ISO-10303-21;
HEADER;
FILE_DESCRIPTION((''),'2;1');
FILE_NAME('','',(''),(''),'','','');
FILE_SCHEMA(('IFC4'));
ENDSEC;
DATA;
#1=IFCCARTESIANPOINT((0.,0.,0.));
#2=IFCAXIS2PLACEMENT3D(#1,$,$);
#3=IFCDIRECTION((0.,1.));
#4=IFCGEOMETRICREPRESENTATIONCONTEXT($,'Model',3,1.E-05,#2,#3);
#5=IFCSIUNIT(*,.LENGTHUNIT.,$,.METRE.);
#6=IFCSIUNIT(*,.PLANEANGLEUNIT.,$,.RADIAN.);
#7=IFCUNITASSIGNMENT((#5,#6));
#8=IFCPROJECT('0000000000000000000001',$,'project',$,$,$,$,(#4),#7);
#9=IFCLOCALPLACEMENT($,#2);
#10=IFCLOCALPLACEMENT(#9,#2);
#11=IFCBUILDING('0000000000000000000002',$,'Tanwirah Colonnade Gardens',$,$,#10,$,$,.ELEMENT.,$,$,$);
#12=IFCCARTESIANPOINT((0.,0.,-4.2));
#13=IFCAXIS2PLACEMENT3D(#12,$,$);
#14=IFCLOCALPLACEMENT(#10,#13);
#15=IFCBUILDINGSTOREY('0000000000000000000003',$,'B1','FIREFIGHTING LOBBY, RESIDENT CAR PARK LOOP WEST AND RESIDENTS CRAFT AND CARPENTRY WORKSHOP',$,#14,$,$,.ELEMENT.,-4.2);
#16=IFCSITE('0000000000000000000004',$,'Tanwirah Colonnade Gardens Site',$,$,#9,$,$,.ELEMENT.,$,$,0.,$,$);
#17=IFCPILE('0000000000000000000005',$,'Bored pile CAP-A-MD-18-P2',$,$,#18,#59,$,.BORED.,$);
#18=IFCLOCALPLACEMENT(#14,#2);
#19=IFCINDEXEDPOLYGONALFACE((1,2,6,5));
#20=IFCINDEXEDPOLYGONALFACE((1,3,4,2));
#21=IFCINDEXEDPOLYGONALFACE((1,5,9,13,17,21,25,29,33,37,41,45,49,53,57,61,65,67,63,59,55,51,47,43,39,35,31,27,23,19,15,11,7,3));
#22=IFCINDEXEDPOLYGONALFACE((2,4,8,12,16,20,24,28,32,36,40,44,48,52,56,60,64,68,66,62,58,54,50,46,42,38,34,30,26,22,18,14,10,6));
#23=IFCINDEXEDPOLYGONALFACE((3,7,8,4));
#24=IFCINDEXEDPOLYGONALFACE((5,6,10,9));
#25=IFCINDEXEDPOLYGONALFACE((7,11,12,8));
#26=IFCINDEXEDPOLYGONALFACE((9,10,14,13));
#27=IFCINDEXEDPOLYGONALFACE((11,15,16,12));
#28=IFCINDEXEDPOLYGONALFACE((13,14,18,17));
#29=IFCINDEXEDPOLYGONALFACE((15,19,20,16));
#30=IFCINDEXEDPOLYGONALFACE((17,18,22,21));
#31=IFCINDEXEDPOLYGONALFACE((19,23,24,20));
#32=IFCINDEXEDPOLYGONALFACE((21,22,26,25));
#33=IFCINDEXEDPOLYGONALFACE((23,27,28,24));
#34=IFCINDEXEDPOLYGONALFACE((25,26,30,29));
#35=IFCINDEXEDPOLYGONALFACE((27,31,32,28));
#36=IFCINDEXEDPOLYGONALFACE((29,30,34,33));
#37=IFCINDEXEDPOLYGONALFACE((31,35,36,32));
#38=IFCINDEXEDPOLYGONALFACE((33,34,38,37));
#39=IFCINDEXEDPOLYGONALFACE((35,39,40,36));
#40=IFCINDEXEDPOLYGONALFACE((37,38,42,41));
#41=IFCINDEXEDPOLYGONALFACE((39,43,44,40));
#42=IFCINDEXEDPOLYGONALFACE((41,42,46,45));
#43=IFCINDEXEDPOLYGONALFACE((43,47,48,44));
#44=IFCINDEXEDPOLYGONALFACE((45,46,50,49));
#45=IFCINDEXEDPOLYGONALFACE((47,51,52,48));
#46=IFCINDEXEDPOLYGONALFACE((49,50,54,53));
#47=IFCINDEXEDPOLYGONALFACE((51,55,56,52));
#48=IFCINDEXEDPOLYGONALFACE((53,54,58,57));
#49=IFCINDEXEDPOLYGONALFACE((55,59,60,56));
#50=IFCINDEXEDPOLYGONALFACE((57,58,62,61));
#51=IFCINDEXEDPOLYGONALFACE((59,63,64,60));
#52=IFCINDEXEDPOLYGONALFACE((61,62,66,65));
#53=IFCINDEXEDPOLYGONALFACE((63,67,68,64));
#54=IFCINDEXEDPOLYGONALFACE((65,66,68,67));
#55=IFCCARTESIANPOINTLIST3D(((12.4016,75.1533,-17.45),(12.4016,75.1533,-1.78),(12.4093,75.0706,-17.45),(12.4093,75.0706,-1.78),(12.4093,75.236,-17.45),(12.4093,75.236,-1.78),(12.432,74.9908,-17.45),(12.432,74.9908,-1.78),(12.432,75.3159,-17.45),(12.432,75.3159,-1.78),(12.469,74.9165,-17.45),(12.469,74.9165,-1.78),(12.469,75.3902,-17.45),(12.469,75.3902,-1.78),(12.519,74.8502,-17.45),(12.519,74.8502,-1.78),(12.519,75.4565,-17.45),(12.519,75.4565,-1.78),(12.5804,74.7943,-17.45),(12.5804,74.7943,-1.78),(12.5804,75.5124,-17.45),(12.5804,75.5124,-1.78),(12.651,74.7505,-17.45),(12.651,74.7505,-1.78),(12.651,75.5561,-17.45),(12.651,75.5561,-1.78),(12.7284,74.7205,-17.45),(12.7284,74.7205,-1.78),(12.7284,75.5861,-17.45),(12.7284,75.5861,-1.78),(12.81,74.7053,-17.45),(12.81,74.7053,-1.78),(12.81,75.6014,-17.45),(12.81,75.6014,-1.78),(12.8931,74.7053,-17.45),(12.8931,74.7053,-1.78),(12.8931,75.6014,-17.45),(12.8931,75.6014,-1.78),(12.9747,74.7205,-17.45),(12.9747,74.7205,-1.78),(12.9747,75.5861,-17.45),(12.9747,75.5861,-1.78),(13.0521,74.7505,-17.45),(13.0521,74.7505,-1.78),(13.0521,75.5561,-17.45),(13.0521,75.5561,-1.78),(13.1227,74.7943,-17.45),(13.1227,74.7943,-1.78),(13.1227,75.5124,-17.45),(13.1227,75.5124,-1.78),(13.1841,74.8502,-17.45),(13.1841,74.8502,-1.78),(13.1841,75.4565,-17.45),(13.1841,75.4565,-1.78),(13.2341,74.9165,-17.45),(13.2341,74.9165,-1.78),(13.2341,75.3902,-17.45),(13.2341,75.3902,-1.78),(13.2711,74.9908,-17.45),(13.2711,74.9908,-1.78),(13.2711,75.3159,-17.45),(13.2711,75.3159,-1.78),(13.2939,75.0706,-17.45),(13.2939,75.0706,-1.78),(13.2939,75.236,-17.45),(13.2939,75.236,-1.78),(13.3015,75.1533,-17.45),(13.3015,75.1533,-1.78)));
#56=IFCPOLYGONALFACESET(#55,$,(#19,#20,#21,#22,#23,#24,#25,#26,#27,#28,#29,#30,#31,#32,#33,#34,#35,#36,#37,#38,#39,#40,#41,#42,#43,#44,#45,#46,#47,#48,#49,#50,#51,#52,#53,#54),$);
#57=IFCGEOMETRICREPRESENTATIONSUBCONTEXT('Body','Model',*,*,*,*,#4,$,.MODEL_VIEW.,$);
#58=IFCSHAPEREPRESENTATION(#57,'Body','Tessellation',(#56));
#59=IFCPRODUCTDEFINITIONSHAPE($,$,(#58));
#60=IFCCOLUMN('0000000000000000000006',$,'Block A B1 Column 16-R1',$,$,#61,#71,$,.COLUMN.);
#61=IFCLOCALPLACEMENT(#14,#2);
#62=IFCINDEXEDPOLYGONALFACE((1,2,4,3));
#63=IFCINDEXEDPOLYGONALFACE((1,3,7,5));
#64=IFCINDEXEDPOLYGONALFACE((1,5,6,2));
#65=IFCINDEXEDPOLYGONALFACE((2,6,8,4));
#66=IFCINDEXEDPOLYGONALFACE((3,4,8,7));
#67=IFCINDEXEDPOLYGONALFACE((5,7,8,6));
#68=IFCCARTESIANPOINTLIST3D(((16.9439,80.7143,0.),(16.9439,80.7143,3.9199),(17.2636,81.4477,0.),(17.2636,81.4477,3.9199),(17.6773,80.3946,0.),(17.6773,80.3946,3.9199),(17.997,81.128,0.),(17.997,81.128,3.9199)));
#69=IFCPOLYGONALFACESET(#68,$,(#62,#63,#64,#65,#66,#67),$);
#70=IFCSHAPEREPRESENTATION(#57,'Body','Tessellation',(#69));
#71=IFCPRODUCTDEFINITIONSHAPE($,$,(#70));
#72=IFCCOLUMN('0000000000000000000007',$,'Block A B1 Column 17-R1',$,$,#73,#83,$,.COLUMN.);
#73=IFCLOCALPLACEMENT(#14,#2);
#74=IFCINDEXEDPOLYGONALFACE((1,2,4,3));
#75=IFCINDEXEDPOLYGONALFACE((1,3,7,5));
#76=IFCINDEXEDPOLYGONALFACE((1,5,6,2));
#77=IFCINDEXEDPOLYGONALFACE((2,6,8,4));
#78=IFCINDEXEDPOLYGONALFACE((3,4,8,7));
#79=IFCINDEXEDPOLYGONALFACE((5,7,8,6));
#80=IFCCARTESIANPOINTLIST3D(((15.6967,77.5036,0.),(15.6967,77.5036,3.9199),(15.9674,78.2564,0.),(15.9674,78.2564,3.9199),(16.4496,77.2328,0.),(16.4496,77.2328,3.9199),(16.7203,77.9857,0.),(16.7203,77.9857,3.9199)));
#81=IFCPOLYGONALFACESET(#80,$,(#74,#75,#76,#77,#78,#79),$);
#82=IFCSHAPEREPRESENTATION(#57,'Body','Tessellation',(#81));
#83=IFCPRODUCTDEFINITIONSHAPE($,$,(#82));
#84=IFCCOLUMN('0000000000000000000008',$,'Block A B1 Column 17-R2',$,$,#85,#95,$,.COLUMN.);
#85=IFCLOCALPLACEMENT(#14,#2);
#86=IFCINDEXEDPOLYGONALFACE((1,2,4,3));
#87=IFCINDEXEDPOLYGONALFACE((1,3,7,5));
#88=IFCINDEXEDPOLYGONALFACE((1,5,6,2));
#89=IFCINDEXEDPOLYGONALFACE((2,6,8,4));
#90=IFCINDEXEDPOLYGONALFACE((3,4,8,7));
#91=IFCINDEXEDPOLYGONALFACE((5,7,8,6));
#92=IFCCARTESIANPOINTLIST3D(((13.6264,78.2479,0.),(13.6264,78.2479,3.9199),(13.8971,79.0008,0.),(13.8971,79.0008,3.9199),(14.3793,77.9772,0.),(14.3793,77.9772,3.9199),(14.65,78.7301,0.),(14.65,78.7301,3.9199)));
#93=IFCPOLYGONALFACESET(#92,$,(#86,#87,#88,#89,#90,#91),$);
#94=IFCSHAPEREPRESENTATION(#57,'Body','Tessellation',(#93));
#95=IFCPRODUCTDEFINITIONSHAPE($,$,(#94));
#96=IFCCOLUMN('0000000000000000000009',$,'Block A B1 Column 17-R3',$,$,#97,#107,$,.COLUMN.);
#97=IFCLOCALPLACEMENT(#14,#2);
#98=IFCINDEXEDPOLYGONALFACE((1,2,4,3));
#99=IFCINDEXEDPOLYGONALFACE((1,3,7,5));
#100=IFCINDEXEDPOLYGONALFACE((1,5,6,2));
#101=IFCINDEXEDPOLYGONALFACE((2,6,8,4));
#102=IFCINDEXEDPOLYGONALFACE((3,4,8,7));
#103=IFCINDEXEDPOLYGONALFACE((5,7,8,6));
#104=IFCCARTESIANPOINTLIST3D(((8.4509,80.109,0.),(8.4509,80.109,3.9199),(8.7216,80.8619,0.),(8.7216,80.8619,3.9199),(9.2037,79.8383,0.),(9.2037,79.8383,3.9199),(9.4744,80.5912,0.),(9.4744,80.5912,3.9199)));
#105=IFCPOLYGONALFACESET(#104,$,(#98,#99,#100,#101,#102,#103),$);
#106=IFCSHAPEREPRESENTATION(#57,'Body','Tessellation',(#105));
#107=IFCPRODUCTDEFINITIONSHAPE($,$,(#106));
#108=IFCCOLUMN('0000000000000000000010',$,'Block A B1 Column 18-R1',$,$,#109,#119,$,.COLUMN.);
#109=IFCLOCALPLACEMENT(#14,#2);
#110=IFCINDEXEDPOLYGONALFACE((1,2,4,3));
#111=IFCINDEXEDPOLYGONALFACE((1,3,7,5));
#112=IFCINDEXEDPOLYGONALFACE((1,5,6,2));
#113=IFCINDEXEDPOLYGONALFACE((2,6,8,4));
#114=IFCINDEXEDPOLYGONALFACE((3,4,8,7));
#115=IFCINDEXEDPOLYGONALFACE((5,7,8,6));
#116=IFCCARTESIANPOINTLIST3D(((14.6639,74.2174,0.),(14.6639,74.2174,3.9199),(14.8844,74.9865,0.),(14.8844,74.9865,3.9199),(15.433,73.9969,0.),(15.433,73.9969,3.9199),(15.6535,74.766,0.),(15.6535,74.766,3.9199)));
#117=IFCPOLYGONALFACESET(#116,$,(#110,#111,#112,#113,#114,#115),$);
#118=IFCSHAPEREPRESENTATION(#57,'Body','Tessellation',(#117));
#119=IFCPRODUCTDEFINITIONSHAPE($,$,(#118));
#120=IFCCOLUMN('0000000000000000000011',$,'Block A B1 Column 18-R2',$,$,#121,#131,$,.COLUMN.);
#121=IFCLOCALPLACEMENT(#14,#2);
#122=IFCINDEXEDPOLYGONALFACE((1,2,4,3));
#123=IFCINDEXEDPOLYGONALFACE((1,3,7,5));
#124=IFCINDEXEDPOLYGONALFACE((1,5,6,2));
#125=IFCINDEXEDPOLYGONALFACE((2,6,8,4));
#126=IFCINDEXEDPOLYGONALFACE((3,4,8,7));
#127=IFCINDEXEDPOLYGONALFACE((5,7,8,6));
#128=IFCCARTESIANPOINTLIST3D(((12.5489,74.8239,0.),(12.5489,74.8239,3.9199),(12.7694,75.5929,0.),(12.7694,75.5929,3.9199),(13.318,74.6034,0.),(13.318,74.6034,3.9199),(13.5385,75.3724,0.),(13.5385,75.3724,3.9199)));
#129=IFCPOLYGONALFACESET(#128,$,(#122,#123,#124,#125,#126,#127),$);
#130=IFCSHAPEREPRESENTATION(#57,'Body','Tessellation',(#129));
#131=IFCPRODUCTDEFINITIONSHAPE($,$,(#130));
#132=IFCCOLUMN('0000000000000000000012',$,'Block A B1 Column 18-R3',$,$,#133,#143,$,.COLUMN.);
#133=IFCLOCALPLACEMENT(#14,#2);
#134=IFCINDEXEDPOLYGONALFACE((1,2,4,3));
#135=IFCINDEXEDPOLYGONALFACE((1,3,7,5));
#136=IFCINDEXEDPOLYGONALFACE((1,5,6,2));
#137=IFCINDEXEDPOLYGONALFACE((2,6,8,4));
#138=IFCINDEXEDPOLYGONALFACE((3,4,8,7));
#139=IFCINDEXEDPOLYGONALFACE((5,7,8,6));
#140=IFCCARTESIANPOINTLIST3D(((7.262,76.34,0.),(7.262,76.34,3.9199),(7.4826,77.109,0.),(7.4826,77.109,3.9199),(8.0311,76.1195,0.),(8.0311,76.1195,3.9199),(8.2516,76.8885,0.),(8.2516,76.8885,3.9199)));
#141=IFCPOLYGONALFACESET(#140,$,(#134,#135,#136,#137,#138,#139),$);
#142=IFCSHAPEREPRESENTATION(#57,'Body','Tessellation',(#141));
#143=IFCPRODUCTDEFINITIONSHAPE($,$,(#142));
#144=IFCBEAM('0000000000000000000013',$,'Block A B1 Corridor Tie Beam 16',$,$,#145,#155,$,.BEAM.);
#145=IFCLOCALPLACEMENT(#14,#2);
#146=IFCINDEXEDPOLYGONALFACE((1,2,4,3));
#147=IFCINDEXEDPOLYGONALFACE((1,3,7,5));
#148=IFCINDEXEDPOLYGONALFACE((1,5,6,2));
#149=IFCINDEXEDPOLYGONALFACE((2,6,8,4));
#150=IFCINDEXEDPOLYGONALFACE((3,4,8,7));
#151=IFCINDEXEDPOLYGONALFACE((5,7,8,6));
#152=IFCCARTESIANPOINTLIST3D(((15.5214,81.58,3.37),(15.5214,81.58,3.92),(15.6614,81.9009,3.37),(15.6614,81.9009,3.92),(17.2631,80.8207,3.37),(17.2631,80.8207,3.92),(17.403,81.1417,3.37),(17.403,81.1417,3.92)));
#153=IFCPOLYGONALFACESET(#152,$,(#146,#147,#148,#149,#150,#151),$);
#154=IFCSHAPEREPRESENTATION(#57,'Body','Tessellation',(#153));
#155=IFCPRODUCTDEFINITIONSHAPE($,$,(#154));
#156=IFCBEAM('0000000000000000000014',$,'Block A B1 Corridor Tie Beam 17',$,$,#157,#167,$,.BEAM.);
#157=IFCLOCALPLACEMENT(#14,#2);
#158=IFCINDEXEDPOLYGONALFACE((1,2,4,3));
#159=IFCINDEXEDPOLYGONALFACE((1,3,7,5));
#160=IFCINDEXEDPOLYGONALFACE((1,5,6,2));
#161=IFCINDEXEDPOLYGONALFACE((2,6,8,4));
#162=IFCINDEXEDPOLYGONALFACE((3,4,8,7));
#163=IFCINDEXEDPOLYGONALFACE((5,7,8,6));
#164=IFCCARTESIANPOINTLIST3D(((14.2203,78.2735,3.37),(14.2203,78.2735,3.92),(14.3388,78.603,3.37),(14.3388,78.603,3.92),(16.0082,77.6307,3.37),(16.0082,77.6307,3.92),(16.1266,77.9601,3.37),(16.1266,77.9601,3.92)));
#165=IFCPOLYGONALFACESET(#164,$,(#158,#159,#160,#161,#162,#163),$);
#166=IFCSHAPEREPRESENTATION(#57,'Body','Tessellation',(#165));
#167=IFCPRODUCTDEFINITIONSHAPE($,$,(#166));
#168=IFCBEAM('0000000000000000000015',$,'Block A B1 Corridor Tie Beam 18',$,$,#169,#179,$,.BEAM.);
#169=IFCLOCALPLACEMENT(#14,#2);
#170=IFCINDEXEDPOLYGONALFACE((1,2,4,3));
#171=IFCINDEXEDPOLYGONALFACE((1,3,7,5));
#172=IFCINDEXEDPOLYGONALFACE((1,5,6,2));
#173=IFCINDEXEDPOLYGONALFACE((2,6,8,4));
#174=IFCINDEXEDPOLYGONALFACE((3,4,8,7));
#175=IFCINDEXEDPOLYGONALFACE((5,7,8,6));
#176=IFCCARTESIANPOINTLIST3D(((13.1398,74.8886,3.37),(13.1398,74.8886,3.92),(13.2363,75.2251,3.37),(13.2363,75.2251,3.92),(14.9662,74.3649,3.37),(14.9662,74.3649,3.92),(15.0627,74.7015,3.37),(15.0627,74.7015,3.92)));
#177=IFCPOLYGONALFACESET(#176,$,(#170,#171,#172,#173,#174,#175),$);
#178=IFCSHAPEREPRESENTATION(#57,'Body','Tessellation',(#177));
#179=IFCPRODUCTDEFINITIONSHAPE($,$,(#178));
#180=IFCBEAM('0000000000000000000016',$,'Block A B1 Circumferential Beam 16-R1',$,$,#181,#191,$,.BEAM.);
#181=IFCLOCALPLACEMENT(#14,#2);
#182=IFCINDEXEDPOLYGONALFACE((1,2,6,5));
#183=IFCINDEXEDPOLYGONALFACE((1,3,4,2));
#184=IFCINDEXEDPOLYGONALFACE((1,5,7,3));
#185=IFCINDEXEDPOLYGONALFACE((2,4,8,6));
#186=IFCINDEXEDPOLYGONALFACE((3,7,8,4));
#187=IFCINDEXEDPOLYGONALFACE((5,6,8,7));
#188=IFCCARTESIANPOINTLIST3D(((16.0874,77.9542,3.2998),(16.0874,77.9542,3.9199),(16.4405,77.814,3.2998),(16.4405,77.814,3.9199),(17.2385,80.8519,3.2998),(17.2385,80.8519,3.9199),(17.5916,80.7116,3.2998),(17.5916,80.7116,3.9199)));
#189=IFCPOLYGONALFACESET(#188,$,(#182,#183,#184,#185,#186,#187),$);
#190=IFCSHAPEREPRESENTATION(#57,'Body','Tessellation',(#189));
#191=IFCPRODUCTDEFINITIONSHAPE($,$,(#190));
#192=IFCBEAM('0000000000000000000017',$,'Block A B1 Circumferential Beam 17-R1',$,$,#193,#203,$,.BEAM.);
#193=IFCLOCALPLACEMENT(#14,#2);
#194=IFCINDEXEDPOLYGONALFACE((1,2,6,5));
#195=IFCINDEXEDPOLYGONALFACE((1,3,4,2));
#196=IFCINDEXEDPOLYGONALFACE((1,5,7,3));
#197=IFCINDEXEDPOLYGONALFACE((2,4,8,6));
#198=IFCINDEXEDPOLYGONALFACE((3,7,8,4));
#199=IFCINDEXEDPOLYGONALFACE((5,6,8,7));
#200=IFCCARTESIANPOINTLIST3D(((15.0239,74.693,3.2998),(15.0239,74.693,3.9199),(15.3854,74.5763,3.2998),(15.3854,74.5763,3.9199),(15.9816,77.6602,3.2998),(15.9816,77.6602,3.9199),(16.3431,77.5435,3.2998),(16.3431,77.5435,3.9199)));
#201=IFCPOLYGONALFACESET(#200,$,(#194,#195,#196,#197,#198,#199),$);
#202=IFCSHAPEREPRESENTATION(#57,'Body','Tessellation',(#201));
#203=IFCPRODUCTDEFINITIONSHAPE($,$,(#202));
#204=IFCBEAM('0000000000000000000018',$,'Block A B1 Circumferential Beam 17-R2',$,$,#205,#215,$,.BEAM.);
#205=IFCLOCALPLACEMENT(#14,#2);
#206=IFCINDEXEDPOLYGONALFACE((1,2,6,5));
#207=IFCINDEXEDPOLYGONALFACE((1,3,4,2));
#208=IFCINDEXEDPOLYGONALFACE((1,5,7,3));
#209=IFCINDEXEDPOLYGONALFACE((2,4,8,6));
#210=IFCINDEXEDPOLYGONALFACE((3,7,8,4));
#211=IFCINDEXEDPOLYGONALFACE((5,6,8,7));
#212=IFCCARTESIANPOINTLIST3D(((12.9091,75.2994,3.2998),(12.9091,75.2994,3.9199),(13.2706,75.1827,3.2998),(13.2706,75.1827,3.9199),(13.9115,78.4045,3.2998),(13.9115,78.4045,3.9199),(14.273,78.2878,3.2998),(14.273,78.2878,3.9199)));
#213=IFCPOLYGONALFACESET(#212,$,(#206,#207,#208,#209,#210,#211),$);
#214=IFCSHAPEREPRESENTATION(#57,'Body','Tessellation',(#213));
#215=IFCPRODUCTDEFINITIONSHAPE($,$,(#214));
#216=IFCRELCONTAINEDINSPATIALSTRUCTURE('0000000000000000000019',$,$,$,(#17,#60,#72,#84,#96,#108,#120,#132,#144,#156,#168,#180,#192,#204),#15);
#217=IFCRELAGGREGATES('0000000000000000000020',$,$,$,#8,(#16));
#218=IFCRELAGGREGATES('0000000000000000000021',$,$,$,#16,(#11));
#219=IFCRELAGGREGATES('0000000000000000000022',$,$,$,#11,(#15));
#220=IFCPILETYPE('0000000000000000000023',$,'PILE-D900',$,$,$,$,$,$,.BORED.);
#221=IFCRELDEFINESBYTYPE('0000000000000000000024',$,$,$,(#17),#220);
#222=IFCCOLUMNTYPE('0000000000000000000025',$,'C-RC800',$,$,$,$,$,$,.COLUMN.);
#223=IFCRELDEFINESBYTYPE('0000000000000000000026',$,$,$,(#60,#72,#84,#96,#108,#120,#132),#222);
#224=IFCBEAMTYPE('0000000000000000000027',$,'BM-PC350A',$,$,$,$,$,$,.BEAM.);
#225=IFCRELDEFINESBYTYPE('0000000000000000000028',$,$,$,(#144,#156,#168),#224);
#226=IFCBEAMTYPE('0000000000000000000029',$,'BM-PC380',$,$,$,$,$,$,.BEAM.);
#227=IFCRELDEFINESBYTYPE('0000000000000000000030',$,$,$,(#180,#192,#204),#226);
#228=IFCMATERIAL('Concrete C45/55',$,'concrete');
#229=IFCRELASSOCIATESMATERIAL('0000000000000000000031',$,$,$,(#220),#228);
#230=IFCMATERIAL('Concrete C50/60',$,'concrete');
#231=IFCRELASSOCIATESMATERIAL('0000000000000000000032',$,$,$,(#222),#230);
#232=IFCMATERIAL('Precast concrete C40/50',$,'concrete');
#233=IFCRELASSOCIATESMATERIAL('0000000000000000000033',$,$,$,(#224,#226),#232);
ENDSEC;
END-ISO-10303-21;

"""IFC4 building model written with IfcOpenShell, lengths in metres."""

from ifc_helpers import new_model, si_unit, direction, frame, origin, origin_2d, place, context, subcontext, project, spatial, rectangle, circle, extrude, material, material_profile, profile_set, type_object, element, save


model = new_model("IFC4")

# Units and contexts
model_context = context("Model", 3, precision=1e-05, world=origin(), true_north=direction((0.0, 1.0)))
body_context = subcontext(model_context, "Body", "Model", "MODEL_VIEW")
ifc_project = project(units=[si_unit("LENGTHUNIT", "METRE"), si_unit("PLANEANGLEUNIT", "RADIAN")], contexts=[model_context])

# Site, building, storey
site_placement = place(None, origin())
site = spatial("IfcSite", under=ifc_project, at=site_placement, Name="Tanwirah Colonnade Gardens Site", CompositionType="ELEMENT", RefElevation=0.0)
building_placement = place(site_placement, origin())
building = spatial("IfcBuilding", under=site, at=building_placement, Name="Tanwirah Colonnade Gardens", CompositionType="ELEMENT")
storey_placement = place(building_placement, frame((0.0, 0.0, -4.2)))
storey = spatial("IfcBuildingStorey", under=building, at=storey_placement, Name="B1", Description="FIREFIGHTING LOBBY, RESIDENT CAR PARK LOOP WEST AND RESIDENTS CRAFT AND CARPENTRY WORKSHOP", CompositionType="ELEMENT", Elevation=-4.2)

# Shared definitions
ifc_material_1 = material(Name="Concrete C45/55", Category="concrete")

# Pile
ifc_material_profile_1 = material_profile(ifc_material_1, circle(Radius=0.45, at=origin_2d()), Name="PILE D900")
ifc_profile_set_1 = profile_set([ifc_material_profile_1], Name="Concrete C45/55")
pile_type_1 = type_object("IfcPileType", Name="PILE-D900", PredefinedType="BORED", material=ifc_profile_set_1)
for number, where, z_axis, x_axis, name in (
    (1, (12.8516, 75.1533, -1.78), (0.0, 0.0, -1.0), (1.0, 0.0, 0.0), "Bored pile CAP-A-MD-18-P2"),
):
    element("IfcPile", number, at=place(storey_placement, frame(where, z_axis=z_axis, x_axis=x_axis)), inside=storey, type_object=pile_type_1, Name=name, PredefinedType="BORED", context=body_context, shape_type="SweptSolid", body=[
        extrude(circle(Radius=0.45, at=origin_2d()), origin(), (0.0, 0.0, 1.0), 15.6699),
    ])

# Columns
ifc_material_2 = material(Name="Concrete C50/60", Category="concrete")
ifc_material_profile_2 = material_profile(ifc_material_2, rectangle(XDim=0.8, YDim=0.8, at=origin_2d()), Name="RC-COL 800x800")
ifc_profile_set_2 = profile_set([ifc_material_profile_2], Name="Concrete C50/60")
column_type = type_object("IfcColumnType", Name="C-RC800", PredefinedType="COLUMN", material=ifc_profile_set_2)
for number, where, z_axis, x_axis, name in (
    (2, (17.4705, 80.9211, 0.0), (0.0, 0.0, 1.0), (-0.916673, 0.399638, 0.0), "Block A B1 Column 16-R1"),
    (3, (16.2085, 77.7446, 0.0), (0.0, 0.0, 1.0), (-0.941012, 0.338373, 0.0), "Block A B1 Column 17-R1"),
    (4, (14.1382, 78.489, 0.0), (0.0, 0.0, 1.0), (-0.941012, 0.338373, 0.0), "Block A B1 Column 17-R2"),
    (5, (8.9626, 80.3501, 0.0), (0.0, 0.0, 1.0), (-0.941012, 0.338373, 0.0), "Block A B1 Column 17-R3"),
    (6, (15.1587, 74.4917, 0.0), (0.0, 0.0, 1.0), (-0.961262, 0.275637, 0.0), "Block A B1 Column 18-R1"),
    (7, (13.0437, 75.0981, 0.0), (0.0, 0.0, 1.0), (-0.961262, 0.275637, 0.0), "Block A B1 Column 18-R2"),
    (8, (7.7568, 76.6143, 0.0), (0.0, 0.0, 1.0), (-0.961262, 0.275637, 0.0), "Block A B1 Column 18-R3"),
):
    element("IfcColumn", number, at=place(storey_placement, frame(where, z_axis=z_axis, x_axis=x_axis)), inside=storey, type_object=column_type, Name=name, PredefinedType="COLUMN", context=body_context, shape_type="SweptSolid", body=[
        extrude(rectangle(XDim=0.8, YDim=0.8, at=origin_2d()), origin(), (0.0, 0.0, 1.0), 3.9199),
    ])

# Beams
ifc_material_3 = material(Name="Precast concrete C40/50", Category="concrete")
ifc_material_profile_3 = material_profile(ifc_material_3, rectangle(XDim=0.3501, YDim=0.55, at=origin_2d()), Name="PC-BM 350x550")
ifc_profile_set_3 = profile_set([ifc_material_profile_3], Name="Precast concrete C40/50")
beam_type_1 = type_object("IfcBeamType", Name="BM-PC350A", PredefinedType="BEAM", material=ifc_profile_set_3)
for number, where, z_axis, x_axis, name in (
    (9, (17.333, 80.9812, 3.645), (-0.916681, 0.399619, 0.0), (-0.399619, -0.916681, 0.0), "Block A B1 Corridor Tie Beam 16"),
    (10, (16.0674, 77.7954, 3.645), (-0.941022, 0.338346, 0.0), (-0.338346, -0.941022, 0.0), "Block A B1 Corridor Tie Beam 17"),
    (11, (15.0144, 74.5332, 3.645), (-0.961267, 0.27562, 0.0), (-0.27562, -0.961267, 0.0), "Block A B1 Corridor Tie Beam 18"),
):
    element("IfcBeam", number, at=place(storey_placement, frame(where, z_axis=z_axis, x_axis=x_axis)), inside=storey, type_object=beam_type_1, Name=name, PredefinedType="BEAM", context=body_context, shape_type="SweptSolid", body=[
        extrude(rectangle(XDim=0.3501, YDim=0.55, at=origin_2d()), origin(), (0.0, 0.0, 1.0), 1.8999),
    ])
ifc_material_profile_4 = material_profile(ifc_material_3, rectangle(XDim=0.3799, YDim=0.6201, at=origin_2d()), Name="PC-BM 380x620")
ifc_profile_set_4 = profile_set([ifc_material_profile_4], Name="Precast concrete C40/50")
beam_type_2 = type_object("IfcBeamType", Name="BM-PC380", PredefinedType="BEAM", material=ifc_profile_set_4)
for number, where, z_axis, x_axis, name in (
    (12, (17.415, 80.7817, 3.6099), (-0.369189, -0.929354, 0.0), (0.929354, -0.369189, 0.0), "Block A B1 Circumferential Beam 16-R1"),
    (13, (16.1624, 77.6018, 3.6099), (-0.30717, -0.951655, 0.0), (0.951655, -0.30717, 0.0), "Block A B1 Circumferential Beam 17-R1"),
):
    element("IfcBeam", number, at=place(storey_placement, frame(where, z_axis=z_axis, x_axis=x_axis)), inside=storey, type_object=beam_type_2, Name=name, PredefinedType="BEAM", context=body_context, shape_type="SweptSolid", body=[
        extrude(rectangle(XDim=0.3799, YDim=0.6201, at=origin_2d()), origin(), (0.0, 0.0, 1.0), 3.1179),
    ])
beam_1_placement = place(storey_placement, frame((14.0923, 78.3462, 3.6099), z_axis=(-0.307213, -0.951641, 0.0), x_axis=(0.951641, -0.307213, 0.0)))
element("IfcBeam", 14, at=beam_1_placement, inside=storey, type_object=beam_type_2, Name="Block A B1 Circumferential Beam 17-R2", PredefinedType="BEAM", context=body_context, shape_type="SweptSolid", body=[
    extrude(rectangle(XDim=0.3799, YDim=0.6201, at=origin_2d()), origin(), (0.0, 0.0, 1.0), 3.2629),
])

save(model, "model.ifc")
